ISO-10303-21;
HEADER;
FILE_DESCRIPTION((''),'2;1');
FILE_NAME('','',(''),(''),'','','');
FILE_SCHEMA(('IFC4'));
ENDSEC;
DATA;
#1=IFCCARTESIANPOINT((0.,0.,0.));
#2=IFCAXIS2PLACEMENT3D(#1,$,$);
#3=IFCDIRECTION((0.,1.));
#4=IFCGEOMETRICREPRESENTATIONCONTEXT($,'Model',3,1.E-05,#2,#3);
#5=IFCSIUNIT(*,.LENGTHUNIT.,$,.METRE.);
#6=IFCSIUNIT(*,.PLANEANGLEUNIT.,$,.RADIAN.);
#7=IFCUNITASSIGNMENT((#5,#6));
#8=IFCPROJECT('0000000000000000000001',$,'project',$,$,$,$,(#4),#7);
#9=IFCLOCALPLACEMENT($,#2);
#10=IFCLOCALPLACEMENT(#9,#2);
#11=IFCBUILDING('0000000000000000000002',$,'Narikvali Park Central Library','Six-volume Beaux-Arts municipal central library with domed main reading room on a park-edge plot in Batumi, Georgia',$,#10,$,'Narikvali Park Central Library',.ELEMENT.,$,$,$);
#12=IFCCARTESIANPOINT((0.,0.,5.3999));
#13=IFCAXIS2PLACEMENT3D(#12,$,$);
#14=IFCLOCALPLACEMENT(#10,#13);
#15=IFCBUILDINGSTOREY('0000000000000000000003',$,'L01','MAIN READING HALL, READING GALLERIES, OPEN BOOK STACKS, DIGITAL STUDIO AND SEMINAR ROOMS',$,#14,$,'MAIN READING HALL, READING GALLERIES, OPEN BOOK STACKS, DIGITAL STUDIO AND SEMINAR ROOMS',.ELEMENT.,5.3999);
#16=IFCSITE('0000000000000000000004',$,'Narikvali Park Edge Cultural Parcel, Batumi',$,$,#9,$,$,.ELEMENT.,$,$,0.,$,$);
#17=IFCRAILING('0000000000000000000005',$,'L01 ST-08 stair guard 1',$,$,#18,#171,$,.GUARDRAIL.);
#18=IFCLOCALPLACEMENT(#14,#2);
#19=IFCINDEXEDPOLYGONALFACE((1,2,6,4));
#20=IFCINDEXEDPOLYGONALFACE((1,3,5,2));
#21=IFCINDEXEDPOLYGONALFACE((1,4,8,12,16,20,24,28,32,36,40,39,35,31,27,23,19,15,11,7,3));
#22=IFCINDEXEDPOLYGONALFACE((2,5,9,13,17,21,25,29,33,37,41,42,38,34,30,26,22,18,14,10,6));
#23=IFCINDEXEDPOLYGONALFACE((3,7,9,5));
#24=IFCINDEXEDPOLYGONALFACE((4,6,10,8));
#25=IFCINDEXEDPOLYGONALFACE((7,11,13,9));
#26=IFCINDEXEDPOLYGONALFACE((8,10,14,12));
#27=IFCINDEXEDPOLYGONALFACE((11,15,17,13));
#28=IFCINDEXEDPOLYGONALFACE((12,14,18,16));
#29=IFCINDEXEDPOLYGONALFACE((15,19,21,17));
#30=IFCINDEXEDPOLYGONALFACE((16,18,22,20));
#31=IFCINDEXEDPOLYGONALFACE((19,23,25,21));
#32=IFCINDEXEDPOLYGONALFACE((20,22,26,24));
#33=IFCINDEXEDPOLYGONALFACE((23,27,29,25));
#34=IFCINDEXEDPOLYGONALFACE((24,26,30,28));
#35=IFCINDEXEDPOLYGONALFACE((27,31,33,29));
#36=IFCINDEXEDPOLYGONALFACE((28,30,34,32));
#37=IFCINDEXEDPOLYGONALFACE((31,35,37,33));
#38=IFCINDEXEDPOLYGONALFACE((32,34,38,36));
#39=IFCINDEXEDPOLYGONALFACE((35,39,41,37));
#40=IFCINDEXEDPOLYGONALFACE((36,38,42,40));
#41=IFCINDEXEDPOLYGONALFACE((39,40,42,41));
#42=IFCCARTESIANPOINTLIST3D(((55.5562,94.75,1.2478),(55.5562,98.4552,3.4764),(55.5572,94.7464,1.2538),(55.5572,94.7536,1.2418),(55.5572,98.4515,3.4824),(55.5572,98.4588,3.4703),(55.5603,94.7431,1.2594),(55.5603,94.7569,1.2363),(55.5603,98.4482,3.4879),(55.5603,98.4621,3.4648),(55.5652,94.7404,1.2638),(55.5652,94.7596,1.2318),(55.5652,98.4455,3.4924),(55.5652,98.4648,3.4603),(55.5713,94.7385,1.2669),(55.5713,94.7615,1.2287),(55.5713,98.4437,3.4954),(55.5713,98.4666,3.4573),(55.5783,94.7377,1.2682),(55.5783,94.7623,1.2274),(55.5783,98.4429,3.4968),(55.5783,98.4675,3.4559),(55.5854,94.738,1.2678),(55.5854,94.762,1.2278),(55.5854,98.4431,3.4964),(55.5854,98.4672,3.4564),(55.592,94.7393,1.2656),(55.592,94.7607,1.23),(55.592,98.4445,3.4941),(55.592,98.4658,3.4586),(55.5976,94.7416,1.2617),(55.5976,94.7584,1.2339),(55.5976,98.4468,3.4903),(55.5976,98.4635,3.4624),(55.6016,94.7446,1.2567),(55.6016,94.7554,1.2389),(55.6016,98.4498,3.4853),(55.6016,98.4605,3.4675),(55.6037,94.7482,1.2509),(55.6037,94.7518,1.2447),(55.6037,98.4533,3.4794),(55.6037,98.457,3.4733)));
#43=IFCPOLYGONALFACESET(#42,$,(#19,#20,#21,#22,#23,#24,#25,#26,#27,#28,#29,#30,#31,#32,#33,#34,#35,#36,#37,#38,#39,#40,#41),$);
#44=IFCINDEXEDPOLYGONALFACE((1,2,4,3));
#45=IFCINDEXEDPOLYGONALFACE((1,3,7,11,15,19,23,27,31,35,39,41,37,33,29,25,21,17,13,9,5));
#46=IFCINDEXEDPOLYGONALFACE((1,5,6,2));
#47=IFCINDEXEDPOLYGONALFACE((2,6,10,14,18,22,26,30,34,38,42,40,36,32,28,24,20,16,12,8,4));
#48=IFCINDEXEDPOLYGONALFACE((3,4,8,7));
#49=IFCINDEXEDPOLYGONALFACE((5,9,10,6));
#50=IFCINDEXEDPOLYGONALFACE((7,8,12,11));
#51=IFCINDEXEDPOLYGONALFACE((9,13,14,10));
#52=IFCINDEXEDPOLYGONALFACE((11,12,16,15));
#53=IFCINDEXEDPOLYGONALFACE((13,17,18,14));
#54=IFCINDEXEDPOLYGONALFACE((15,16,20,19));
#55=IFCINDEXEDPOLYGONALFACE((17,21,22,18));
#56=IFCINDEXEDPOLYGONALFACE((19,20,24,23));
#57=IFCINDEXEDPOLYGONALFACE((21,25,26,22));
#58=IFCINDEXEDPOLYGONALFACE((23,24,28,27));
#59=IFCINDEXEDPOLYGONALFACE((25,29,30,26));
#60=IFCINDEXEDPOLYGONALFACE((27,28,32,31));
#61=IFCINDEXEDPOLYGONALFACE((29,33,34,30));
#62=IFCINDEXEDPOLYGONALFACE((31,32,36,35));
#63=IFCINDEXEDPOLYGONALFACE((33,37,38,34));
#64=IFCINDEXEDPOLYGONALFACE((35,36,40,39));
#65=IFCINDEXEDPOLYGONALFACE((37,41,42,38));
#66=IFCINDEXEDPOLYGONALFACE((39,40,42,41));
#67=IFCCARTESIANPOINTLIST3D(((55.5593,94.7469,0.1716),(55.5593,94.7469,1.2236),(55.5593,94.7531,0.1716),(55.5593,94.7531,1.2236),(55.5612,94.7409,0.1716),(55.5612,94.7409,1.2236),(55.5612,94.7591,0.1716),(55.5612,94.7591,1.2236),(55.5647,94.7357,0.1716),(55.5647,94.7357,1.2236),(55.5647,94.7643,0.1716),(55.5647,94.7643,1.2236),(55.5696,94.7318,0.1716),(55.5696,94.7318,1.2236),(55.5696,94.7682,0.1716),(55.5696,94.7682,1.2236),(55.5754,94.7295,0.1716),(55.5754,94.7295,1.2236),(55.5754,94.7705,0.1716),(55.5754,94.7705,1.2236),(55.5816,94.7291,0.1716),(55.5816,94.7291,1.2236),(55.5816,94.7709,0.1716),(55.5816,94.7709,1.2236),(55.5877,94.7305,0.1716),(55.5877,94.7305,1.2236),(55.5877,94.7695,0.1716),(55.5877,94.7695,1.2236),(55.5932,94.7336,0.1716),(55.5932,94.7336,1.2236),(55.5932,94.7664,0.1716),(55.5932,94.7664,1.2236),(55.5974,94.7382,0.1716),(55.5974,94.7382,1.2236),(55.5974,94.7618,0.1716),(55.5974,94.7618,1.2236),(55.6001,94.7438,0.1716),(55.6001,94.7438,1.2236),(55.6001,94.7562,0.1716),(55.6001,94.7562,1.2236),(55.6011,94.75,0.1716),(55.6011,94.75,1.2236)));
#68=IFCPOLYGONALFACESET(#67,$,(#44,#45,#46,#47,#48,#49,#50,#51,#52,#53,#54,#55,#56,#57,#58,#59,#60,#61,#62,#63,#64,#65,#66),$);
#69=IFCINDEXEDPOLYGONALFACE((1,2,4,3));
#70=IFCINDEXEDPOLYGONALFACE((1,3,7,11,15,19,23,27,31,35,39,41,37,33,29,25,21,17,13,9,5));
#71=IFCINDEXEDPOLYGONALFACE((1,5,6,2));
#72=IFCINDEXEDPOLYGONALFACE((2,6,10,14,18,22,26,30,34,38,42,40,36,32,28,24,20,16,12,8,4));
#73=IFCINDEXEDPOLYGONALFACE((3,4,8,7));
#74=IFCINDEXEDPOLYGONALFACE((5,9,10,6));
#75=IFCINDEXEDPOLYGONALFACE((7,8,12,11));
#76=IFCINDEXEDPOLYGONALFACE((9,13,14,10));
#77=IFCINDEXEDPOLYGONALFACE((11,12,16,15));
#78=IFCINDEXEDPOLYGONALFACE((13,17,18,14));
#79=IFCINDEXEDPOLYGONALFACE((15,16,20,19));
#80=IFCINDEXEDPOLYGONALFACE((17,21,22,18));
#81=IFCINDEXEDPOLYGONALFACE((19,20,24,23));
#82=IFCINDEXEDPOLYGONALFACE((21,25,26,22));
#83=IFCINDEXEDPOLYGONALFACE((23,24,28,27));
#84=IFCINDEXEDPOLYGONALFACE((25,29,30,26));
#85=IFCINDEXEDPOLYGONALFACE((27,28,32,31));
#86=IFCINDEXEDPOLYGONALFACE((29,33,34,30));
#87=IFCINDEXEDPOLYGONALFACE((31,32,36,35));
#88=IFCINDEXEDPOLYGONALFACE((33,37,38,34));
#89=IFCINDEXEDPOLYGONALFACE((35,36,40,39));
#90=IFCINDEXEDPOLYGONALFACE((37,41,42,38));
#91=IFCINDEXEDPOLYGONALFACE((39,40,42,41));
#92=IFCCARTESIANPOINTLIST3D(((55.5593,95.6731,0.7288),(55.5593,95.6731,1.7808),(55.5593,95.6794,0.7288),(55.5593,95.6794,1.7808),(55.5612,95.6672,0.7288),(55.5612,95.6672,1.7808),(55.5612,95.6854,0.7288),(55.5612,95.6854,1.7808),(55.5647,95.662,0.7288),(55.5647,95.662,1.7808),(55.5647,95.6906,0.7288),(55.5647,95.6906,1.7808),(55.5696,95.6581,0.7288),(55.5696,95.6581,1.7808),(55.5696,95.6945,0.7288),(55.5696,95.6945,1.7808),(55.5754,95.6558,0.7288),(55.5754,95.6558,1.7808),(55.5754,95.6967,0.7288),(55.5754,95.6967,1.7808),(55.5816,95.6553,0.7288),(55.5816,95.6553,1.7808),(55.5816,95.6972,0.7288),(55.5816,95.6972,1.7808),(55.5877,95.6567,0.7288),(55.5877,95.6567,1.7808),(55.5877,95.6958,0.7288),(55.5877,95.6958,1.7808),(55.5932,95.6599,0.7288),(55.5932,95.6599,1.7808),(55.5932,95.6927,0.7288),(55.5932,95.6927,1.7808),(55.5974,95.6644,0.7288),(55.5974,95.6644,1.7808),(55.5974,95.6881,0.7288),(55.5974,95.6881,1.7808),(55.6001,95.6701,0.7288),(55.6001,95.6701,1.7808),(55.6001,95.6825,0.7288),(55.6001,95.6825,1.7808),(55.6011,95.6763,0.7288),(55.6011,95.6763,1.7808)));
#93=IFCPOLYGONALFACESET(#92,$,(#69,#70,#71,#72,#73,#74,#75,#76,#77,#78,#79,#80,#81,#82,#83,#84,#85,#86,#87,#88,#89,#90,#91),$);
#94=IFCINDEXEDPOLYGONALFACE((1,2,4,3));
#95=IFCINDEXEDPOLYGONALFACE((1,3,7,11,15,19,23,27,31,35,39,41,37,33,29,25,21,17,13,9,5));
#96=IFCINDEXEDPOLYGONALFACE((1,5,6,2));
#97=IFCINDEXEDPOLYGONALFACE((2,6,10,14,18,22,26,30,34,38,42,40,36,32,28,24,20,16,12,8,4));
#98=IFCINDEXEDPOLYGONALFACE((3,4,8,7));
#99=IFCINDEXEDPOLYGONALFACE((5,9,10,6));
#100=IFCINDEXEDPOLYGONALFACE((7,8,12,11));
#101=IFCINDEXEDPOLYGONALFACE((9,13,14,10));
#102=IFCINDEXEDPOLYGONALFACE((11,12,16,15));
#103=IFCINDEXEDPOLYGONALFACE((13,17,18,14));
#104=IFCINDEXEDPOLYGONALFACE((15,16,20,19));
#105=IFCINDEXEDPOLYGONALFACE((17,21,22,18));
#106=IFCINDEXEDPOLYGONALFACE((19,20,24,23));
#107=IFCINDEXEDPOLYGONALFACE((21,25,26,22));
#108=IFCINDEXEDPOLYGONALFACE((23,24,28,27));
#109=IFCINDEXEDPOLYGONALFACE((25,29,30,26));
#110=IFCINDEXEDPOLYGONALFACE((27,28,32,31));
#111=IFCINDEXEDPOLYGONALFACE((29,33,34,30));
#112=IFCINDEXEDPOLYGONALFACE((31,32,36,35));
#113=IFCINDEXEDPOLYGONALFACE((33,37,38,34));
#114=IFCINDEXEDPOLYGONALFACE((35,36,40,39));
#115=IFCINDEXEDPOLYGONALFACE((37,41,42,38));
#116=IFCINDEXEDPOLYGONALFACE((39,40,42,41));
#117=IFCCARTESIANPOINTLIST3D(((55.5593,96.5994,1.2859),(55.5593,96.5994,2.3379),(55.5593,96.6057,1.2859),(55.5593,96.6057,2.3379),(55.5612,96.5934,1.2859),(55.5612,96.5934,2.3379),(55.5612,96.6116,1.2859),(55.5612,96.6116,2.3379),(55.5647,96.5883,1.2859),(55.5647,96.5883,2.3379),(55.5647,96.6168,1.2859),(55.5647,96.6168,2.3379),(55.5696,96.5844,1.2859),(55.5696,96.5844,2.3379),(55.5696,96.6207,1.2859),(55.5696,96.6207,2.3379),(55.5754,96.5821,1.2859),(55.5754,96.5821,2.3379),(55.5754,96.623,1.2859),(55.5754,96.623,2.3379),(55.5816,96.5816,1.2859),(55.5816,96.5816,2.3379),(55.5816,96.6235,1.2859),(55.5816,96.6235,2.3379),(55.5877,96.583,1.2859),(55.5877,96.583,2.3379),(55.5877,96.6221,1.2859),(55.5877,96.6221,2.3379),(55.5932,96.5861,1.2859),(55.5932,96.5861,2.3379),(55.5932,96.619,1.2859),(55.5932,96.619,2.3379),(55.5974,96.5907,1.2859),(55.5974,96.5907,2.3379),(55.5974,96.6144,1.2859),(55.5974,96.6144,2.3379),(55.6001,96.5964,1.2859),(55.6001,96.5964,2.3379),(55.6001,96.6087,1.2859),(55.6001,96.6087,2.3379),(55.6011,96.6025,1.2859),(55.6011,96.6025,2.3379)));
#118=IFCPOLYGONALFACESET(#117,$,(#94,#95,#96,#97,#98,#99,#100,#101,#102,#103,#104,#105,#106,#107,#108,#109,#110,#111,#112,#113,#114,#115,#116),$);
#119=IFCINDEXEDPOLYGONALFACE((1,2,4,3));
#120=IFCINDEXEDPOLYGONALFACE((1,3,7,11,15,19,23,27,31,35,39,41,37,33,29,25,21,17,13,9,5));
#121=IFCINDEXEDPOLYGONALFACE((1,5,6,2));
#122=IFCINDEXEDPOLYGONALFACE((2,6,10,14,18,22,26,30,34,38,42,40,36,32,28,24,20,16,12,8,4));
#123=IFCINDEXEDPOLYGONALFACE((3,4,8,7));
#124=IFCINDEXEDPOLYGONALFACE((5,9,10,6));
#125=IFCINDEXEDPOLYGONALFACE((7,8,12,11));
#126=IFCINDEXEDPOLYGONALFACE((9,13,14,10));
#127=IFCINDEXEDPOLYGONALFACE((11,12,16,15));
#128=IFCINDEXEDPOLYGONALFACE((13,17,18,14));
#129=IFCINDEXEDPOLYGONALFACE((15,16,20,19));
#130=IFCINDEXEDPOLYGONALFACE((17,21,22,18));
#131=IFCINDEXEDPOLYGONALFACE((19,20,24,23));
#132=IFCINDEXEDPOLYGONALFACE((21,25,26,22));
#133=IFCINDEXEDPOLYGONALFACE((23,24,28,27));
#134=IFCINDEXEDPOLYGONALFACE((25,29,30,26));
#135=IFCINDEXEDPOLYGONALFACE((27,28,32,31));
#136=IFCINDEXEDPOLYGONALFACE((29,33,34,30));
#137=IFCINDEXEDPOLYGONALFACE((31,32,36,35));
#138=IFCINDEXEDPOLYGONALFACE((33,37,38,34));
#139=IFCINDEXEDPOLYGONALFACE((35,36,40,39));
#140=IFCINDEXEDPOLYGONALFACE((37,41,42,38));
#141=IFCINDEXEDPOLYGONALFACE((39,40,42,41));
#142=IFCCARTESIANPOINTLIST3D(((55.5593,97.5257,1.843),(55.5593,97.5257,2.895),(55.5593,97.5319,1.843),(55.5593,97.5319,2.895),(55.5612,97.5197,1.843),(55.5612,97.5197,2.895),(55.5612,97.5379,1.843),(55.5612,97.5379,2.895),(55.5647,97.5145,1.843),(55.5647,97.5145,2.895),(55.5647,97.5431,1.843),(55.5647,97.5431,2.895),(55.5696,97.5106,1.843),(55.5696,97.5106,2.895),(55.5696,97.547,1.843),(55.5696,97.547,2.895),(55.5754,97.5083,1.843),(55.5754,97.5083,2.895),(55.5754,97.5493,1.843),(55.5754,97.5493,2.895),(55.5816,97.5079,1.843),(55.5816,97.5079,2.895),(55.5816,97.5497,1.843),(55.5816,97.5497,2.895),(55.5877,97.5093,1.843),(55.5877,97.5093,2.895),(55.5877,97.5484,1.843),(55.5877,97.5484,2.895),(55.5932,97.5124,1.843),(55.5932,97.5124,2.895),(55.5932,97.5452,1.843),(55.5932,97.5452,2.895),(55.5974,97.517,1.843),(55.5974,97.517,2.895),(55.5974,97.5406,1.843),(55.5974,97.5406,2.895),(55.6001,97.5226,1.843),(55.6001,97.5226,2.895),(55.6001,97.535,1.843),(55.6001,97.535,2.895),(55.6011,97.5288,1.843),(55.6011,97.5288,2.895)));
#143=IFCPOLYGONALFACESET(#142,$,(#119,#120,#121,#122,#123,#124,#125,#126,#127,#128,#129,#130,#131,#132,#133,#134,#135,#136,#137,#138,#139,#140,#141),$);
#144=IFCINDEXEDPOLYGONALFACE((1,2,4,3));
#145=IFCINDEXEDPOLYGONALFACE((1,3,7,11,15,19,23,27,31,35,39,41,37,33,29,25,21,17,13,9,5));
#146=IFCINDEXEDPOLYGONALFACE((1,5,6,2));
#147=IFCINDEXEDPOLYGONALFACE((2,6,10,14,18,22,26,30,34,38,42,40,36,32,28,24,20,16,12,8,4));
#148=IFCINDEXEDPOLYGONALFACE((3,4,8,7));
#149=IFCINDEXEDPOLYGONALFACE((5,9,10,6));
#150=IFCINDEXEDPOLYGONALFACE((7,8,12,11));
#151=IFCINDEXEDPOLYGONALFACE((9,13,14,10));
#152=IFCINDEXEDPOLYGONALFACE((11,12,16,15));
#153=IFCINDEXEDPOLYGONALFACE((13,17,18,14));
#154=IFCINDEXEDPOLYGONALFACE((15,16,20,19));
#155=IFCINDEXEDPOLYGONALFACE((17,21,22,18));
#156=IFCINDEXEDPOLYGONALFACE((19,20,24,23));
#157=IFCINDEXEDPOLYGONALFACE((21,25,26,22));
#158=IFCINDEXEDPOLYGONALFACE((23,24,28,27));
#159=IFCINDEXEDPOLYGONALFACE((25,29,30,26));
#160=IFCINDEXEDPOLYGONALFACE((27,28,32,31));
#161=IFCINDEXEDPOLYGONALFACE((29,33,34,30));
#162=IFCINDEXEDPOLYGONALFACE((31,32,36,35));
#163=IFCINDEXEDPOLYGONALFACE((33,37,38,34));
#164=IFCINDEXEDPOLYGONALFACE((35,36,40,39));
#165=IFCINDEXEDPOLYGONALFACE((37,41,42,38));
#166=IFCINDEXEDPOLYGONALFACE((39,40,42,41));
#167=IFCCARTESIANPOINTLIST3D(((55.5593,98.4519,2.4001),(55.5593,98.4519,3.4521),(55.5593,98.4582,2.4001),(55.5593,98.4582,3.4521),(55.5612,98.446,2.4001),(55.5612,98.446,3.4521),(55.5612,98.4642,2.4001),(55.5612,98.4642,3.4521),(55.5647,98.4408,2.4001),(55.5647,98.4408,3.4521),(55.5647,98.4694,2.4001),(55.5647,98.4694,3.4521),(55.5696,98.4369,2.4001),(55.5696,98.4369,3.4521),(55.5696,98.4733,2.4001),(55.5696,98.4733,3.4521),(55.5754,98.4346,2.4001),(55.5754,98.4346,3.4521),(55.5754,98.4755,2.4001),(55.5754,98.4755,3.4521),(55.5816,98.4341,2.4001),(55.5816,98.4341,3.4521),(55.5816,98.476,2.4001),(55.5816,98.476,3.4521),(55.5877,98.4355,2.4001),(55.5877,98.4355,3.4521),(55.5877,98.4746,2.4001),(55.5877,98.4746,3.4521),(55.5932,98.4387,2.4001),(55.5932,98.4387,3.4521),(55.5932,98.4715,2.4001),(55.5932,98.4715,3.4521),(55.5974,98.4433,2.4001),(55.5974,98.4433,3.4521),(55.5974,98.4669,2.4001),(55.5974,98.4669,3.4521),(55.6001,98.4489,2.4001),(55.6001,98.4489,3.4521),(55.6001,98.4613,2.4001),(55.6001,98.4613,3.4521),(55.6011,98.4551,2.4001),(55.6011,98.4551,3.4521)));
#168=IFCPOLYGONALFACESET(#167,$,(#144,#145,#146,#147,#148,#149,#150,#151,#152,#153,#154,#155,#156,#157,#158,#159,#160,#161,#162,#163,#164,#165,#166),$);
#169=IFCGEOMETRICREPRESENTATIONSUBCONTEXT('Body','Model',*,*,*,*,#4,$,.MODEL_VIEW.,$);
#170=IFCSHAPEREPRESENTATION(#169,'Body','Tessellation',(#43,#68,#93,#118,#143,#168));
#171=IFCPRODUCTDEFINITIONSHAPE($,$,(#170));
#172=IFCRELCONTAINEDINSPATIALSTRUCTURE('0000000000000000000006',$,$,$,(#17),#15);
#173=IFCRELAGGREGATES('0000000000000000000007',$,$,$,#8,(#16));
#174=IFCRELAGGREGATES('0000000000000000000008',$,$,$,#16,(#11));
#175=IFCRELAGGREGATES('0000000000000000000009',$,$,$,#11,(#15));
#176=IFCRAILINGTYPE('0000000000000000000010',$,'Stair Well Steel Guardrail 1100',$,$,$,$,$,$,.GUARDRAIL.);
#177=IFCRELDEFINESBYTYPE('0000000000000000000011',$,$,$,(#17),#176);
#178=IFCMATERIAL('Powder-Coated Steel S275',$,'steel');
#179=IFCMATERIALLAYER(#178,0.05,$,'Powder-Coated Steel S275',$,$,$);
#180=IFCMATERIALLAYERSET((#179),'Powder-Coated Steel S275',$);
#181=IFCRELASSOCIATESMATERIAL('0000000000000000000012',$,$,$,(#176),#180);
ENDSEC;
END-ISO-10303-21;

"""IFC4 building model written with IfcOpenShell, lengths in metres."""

from ifc_helpers import new_model, si_unit, direction, frame, origin, origin_2d, place, context, subcontext, project, spatial, circle, extrude, material, layer, layer_set, type_object, element, save


model = new_model("IFC4")

# Units and contexts
model_context = context("Model", 3, precision=1e-05, world=origin(), true_north=direction((0.0, 1.0)))
body_context = subcontext(model_context, "Body", "Model", "MODEL_VIEW")
ifc_project = project(units=[si_unit("LENGTHUNIT", "METRE"), si_unit("PLANEANGLEUNIT", "RADIAN")], contexts=[model_context])

# Site, building, storey
site_placement = place(None, origin())
site = spatial("IfcSite", under=ifc_project, at=site_placement, Name="Narikvali Park Edge Cultural Parcel, Batumi", CompositionType="ELEMENT", RefElevation=0.0)
building_placement = place(site_placement, origin())
building = spatial("IfcBuilding", under=site, at=building_placement, Name="Narikvali Park Central Library", Description="Six-volume Beaux-Arts municipal central library with domed main reading room on a park-edge plot in Batumi, Georgia", LongName="Narikvali Park Central Library", CompositionType="ELEMENT")
storey_placement = place(building_placement, frame((0.0, 0.0, 5.3999)))
storey = spatial("IfcBuildingStorey", under=building, at=storey_placement, Name="L01", Description="MAIN READING HALL, READING GALLERIES, OPEN BOOK STACKS, DIGITAL STUDIO AND SEMINAR ROOMS", LongName="MAIN READING HALL, READING GALLERIES, OPEN BOOK STACKS, DIGITAL STUDIO AND SEMINAR ROOMS", CompositionType="ELEMENT", Elevation=5.3999)

# Railing
ifc_material_1 = material(Name="Powder-Coated Steel S275", Category="steel")
ifc_layer_1 = layer(ifc_material_1, 0.05, Name="Powder-Coated Steel S275")
ifc_layer_set_1 = layer_set([ifc_layer_1], Name="Powder-Coated Steel S275")
railing_type_1 = type_object("IfcRailingType", Name="Stair Well Steel Guardrail 1100", PredefinedType="GUARDRAIL", material=ifc_layer_set_1)
railing_1_placement = place(storey_placement, frame((55.5801, 94.75, 0.1716)))
element("IfcRailing", 1, at=railing_1_placement, inside=storey, type_object=railing_type_1, Name="L01 ST-08 stair guard 1", PredefinedType="GUARDRAIL", context=body_context, shape_type="SweptSolid", body=[
    extrude(circle(Radius=0.0239, at=origin_2d()), frame((0.0, 0.0, 1.0762), z_axis=(0.0, 0.856934, 0.515425), x_axis=(-1.0, 0.0, 0.0)), (0.0, 0.0, 1.0), 4.3237),
    extrude(circle(Radius=0.021, at=origin_2d()), origin(), (0.0, 0.0, 1.0), 1.052),
    extrude(circle(Radius=0.021, at=origin_2d()), frame((0.0, 0.9263, 0.5571)), (0.0, 0.0, 1.0), 1.052),
    extrude(circle(Radius=0.021, at=origin_2d()), frame((0.0, 1.8525, 1.1143)), (0.0, 0.0, 1.0), 1.052),
    extrude(circle(Radius=0.021, at=origin_2d()), frame((0.0, 2.7788, 1.6714)), (0.0, 0.0, 1.0), 1.052),
    extrude(circle(Radius=0.021, at=origin_2d()), frame((0.0, 3.7051, 2.2285)), (0.0, 0.0, 1.0), 1.052),
])

save(model, "model.ifc")
